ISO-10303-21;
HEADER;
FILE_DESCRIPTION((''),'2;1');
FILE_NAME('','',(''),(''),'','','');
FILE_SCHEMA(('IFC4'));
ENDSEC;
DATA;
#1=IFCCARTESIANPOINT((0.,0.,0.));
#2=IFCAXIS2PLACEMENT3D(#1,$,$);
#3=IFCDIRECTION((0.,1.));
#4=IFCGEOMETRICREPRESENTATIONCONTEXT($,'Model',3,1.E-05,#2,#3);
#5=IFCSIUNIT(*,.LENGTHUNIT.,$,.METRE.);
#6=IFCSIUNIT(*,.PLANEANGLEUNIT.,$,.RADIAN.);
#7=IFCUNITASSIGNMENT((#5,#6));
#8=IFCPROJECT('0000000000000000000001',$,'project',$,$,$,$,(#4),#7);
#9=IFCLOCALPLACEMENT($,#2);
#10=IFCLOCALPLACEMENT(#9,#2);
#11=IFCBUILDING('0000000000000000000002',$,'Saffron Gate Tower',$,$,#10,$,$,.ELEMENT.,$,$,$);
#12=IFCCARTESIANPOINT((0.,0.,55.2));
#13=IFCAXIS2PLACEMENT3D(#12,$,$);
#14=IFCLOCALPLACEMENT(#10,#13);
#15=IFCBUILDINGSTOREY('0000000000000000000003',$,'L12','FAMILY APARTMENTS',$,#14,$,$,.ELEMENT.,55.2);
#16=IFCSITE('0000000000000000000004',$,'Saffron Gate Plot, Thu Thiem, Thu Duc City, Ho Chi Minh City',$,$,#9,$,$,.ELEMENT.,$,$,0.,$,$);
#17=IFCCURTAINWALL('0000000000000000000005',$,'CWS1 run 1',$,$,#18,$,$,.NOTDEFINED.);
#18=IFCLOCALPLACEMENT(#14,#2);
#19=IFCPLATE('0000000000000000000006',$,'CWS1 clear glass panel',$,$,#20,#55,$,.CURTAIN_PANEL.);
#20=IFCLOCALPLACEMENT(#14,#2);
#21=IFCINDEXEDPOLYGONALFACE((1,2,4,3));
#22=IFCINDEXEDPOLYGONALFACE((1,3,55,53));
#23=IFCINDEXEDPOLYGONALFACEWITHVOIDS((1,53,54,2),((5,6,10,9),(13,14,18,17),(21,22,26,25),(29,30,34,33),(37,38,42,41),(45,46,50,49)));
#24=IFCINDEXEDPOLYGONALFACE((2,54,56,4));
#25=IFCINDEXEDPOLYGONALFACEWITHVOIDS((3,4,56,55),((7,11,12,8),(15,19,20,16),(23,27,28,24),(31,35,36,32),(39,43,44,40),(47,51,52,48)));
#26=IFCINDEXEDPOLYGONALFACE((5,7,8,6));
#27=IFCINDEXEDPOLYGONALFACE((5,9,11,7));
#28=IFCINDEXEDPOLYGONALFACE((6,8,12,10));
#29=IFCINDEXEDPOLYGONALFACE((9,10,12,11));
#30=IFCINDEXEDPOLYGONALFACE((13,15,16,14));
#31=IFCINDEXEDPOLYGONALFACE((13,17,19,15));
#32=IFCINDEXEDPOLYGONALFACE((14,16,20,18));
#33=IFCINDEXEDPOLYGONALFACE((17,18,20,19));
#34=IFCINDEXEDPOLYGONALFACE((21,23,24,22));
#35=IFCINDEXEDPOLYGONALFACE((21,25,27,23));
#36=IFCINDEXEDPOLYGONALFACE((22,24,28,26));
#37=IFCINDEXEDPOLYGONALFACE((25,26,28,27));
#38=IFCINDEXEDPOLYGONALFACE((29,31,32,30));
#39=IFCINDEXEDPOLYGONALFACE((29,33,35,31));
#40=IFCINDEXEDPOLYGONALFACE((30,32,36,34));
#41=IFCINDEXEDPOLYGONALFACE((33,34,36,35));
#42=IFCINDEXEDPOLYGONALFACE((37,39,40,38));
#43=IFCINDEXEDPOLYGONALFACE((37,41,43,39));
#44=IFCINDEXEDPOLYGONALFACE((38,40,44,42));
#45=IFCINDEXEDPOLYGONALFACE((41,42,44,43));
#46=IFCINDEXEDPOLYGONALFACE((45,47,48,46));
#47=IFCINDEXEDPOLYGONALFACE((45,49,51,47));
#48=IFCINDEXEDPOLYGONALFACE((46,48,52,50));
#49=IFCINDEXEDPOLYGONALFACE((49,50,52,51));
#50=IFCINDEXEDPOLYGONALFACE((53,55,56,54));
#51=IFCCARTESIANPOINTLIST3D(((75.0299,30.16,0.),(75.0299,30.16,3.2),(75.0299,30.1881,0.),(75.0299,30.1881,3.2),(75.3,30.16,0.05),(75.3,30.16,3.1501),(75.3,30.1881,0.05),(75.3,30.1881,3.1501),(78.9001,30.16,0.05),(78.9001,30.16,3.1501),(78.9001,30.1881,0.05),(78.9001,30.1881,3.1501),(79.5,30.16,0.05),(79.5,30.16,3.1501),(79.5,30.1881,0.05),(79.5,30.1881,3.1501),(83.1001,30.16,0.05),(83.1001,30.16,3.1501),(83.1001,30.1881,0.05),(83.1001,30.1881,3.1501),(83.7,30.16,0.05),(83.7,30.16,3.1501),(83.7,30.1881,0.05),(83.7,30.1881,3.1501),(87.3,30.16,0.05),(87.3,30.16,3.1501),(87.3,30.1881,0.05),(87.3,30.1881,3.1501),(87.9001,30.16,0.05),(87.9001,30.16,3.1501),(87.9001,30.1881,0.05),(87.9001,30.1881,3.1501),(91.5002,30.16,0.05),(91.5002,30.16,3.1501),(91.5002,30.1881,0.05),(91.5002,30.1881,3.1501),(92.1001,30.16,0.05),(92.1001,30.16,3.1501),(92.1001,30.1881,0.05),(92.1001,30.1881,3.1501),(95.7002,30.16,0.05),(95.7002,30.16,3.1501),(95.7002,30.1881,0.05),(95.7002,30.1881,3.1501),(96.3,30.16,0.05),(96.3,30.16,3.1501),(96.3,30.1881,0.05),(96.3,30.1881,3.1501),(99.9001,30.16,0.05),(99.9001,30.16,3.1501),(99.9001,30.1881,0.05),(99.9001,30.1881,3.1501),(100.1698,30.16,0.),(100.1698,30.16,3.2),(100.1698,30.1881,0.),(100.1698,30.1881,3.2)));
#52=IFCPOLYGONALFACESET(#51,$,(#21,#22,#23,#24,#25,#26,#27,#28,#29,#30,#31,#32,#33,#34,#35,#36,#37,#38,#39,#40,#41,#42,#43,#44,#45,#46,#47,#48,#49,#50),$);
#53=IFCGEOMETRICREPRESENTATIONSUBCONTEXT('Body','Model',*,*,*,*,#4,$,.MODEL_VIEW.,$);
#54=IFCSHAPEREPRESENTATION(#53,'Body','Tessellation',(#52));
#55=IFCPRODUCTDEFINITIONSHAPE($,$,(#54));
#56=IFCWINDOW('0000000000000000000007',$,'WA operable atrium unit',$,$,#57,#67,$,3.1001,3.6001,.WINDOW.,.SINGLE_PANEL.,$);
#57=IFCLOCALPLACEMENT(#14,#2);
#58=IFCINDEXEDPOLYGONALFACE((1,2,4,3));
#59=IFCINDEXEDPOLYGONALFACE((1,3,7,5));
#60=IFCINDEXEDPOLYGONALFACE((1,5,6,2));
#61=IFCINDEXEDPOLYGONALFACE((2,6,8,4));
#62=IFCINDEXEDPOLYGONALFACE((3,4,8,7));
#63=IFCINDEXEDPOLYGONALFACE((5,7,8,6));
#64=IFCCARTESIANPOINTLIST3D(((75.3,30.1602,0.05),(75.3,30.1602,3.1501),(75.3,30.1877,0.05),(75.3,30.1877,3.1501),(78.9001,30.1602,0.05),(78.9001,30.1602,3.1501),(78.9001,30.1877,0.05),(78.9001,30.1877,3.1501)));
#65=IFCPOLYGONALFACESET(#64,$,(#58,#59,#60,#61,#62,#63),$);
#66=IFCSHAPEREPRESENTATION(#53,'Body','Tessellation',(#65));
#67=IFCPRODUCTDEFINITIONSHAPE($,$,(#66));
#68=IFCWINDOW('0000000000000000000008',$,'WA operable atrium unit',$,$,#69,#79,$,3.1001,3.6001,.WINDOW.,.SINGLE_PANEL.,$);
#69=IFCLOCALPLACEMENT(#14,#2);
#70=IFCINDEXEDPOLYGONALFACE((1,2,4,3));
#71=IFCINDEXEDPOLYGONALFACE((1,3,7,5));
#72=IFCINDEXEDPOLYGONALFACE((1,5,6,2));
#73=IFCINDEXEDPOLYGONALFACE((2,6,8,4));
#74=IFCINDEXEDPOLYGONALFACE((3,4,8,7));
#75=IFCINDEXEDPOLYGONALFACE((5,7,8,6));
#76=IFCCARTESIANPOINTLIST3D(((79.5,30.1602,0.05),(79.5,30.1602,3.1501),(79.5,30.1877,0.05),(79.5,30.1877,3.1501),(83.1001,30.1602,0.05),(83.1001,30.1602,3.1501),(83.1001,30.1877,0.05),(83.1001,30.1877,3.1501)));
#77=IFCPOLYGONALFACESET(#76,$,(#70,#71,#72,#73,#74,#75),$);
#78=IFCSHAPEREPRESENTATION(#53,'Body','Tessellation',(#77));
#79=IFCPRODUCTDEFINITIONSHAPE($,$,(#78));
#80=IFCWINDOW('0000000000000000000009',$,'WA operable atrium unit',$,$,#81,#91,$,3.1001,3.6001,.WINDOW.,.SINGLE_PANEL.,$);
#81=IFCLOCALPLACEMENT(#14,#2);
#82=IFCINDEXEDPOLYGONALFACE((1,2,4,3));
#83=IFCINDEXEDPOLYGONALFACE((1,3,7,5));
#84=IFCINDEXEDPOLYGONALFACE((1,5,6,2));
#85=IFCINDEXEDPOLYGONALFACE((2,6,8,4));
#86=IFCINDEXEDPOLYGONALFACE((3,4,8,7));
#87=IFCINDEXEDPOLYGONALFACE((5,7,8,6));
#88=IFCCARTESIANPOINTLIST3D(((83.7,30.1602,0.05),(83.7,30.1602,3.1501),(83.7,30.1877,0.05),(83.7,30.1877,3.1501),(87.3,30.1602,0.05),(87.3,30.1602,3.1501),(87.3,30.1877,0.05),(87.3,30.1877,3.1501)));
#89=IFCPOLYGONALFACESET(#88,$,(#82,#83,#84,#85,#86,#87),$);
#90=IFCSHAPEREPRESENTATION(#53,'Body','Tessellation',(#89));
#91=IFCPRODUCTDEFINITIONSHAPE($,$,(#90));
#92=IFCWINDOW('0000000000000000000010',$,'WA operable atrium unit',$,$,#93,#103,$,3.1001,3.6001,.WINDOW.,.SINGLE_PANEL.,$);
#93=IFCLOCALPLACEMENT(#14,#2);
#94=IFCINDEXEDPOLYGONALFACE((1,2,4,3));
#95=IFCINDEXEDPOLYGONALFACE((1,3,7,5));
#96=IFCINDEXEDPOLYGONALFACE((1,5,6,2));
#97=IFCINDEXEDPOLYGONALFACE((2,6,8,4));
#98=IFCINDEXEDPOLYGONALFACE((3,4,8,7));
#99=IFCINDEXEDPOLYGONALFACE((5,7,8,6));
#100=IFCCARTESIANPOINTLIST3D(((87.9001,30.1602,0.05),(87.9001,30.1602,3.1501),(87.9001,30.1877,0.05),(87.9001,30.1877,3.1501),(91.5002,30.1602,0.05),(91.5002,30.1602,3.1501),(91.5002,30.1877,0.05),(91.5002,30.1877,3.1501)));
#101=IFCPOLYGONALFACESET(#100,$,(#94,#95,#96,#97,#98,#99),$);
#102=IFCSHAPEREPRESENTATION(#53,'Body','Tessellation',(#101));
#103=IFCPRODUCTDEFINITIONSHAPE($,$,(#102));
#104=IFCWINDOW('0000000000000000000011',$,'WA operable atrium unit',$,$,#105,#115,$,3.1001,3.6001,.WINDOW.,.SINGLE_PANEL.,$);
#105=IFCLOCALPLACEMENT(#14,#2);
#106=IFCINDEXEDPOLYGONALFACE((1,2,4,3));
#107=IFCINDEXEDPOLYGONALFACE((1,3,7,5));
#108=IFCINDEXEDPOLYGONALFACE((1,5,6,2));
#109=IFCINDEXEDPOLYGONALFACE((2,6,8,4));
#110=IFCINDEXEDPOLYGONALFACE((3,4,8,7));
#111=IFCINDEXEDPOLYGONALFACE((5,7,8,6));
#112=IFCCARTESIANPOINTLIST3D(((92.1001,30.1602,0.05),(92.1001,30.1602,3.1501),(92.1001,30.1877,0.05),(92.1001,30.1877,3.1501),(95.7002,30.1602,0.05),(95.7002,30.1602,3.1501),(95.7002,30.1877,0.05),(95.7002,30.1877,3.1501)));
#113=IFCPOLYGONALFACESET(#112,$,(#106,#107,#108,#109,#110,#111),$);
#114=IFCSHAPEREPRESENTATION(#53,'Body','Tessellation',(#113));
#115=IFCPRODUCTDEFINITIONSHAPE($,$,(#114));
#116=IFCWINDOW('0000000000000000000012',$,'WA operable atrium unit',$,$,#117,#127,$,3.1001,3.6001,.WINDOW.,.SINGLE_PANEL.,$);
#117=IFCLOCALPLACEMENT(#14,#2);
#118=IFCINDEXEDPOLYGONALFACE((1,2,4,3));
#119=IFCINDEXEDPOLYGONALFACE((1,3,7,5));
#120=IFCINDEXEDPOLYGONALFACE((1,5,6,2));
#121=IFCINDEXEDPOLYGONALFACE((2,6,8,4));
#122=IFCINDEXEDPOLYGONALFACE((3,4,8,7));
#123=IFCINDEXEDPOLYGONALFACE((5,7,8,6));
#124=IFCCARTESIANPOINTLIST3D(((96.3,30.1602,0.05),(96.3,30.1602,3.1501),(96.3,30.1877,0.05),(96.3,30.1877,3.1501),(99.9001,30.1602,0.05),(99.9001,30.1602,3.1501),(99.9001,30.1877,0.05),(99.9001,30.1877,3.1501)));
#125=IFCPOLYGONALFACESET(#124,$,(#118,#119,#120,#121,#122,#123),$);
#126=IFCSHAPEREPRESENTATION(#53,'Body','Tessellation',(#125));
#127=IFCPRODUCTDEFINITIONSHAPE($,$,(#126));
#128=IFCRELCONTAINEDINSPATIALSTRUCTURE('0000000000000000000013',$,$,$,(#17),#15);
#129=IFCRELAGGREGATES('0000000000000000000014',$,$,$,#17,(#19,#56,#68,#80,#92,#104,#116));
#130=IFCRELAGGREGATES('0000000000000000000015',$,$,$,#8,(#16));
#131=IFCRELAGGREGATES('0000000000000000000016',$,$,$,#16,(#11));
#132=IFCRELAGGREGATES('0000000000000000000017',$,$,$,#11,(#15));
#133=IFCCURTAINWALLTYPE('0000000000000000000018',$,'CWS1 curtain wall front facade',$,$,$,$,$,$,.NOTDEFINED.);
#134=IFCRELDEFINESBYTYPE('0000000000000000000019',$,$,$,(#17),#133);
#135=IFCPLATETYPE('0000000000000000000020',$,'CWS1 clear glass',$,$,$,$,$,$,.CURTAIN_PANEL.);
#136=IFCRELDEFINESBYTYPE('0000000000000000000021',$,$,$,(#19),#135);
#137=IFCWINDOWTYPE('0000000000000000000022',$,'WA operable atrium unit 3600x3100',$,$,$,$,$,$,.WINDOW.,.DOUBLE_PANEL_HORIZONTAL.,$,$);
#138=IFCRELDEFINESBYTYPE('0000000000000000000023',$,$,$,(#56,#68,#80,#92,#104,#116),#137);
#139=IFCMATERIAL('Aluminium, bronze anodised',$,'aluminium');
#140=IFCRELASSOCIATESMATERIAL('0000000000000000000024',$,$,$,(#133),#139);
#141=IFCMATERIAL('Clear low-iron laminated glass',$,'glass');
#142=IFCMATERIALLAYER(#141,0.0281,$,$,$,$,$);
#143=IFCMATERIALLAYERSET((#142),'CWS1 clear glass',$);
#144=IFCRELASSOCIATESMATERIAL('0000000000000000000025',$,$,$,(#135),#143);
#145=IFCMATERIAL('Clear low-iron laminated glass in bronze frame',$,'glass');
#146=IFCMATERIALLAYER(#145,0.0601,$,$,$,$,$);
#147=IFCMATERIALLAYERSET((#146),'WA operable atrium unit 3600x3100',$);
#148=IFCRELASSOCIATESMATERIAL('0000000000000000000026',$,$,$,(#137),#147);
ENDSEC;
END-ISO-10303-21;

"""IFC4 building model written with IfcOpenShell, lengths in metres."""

from ifc_helpers import new_model, si_unit, direction, frame, frame_2d, origin, place, context, subcontext, project, spatial, rectangle, extrude, material, layer, layer_set, type_object, element, fill, aggregate, save


model = new_model("IFC4")

# Units and contexts
model_context = context("Model", 3, precision=1e-05, world=origin(), true_north=direction((0.0, 1.0)))
body_context = subcontext(model_context, "Body", "Model", "MODEL_VIEW")
ifc_project = project(units=[si_unit("LENGTHUNIT", "METRE"), si_unit("PLANEANGLEUNIT", "RADIAN")], contexts=[model_context])

# Site, building, storey
site_placement = place(None, origin())
site = spatial("IfcSite", under=ifc_project, at=site_placement, Name="Saffron Gate Plot, Thu Thiem, Thu Duc City, Ho Chi Minh City", CompositionType="ELEMENT", RefElevation=0.0)
building_placement = place(site_placement, origin())
building = spatial("IfcBuilding", under=site, at=building_placement, Name="Saffron Gate Tower", CompositionType="ELEMENT")
storey_placement = place(building_placement, frame((0.0, 0.0, 55.2)))
storey = spatial("IfcBuildingStorey", under=building, at=storey_placement, Name="L12", Description="FAMILY APARTMENTS", CompositionType="ELEMENT", Elevation=55.2)

# Curtain wall, plate, openings, windows
ifc_material_1 = material(Name="Aluminium, bronze anodised", Category="aluminium")
curtain_wall_type = type_object("IfcCurtainWallType", Name="CWS1 curtain wall front facade", PredefinedType="NOTDEFINED", material=ifc_material_1)
curtain_wall_placement = place(storey_placement, origin())
curtain_wall = element("IfcCurtainWall", 1, at=curtain_wall_placement, inside=storey, type_object=curtain_wall_type, Name="CWS1 run 1", PredefinedType="NOTDEFINED")
ifc_material_2 = material(Name="Clear low-iron laminated glass", Category="glass")
ifc_layer_1 = layer(ifc_material_2, 0.0281)
ifc_layer_set_1 = layer_set([ifc_layer_1], Name="CWS1 clear glass")
plate_type = type_object("IfcPlateType", Name="CWS1 clear glass", PredefinedType="CURTAIN_PANEL", material=ifc_layer_set_1)
plate_placement = place(storey_placement, frame((75.03, 30.1741, 0.0), z_axis=(0.0, 0.0, 1.0), x_axis=(1.0, 0.0, 0.0)))
plate = element("IfcPlate", 2, at=plate_placement, type_object=plate_type, Name="CWS1 clear glass panel", PredefinedType="CURTAIN_PANEL", context=body_context, shape_type="SweptSolid", body=[
    extrude(rectangle(XDim=25.1399, YDim=0.0281, at=frame_2d((12.5698, 0.0))), origin(), (0.0, 0.0, 1.0), 3.2),
])
opening_1_placement = place(plate_placement, frame((0.27, 0.0, 0.05)))
opening_1 = element("IfcOpeningElement", 3, at=opening_1_placement, cuts=plate, PredefinedType="OPENING", context=body_context, shape_type="SweptSolid", body=[
    extrude(rectangle(XDim=3.6001, YDim=3.1001, at=frame_2d((1.8, 1.55))), frame((0.0, 0.0239, 0.0), z_axis=(0.0, -1.0, 0.0), x_axis=(1.0, 0.0, 0.0)), (0.0, 0.0, 1.0), 0.0481),
])
opening_2_placement = place(plate_placement, frame((4.47, 0.0, 0.05)))
opening_2 = element("IfcOpeningElement", 4, at=opening_2_placement, cuts=plate, PredefinedType="OPENING", context=body_context, shape_type="SweptSolid", body=[
    extrude(rectangle(XDim=3.6001, YDim=3.1001, at=frame_2d((1.8, 1.55))), frame((0.0, 0.0239, 0.0), z_axis=(0.0, -1.0, 0.0), x_axis=(1.0, 0.0, 0.0)), (0.0, 0.0, 1.0), 0.0481),
])
opening_3_placement = place(plate_placement, frame((8.6699, 0.0, 0.05)))
opening_3 = element("IfcOpeningElement", 5, at=opening_3_placement, cuts=plate, PredefinedType="OPENING", context=body_context, shape_type="SweptSolid", body=[
    extrude(rectangle(XDim=3.6001, YDim=3.1001, at=frame_2d((1.8, 1.55))), frame((0.0, 0.0239, 0.0), z_axis=(0.0, -1.0, 0.0), x_axis=(1.0, 0.0, 0.0)), (0.0, 0.0, 1.0), 0.0481),
])
opening_4_placement = place(plate_placement, frame((12.8701, 0.0, 0.05)))
opening_4 = element("IfcOpeningElement", 6, at=opening_4_placement, cuts=plate, PredefinedType="OPENING", context=body_context, shape_type="SweptSolid", body=[
    extrude(rectangle(XDim=3.6001, YDim=3.1001, at=frame_2d((1.8, 1.55))), frame((0.0, 0.0239, 0.0), z_axis=(0.0, -1.0, 0.0), x_axis=(1.0, 0.0, 0.0)), (0.0, 0.0, 1.0), 0.0481),
])
opening_5_placement = place(plate_placement, frame((17.0701, 0.0, 0.05)))
opening_5 = element("IfcOpeningElement", 7, at=opening_5_placement, cuts=plate, PredefinedType="OPENING", context=body_context, shape_type="SweptSolid", body=[
    extrude(rectangle(XDim=3.6001, YDim=3.1001, at=frame_2d((1.8, 1.55))), frame((0.0, 0.0239, 0.0), z_axis=(0.0, -1.0, 0.0), x_axis=(1.0, 0.0, 0.0)), (0.0, 0.0, 1.0), 0.0481),
])
opening_6_placement = place(plate_placement, frame((21.27, 0.0, 0.05)))
opening_6 = element("IfcOpeningElement", 8, at=opening_6_placement, cuts=plate, PredefinedType="OPENING", context=body_context, shape_type="SweptSolid", body=[
    extrude(rectangle(XDim=3.6001, YDim=3.1001, at=frame_2d((1.8, 1.55))), frame((0.0, 0.0239, 0.0), z_axis=(0.0, -1.0, 0.0), x_axis=(1.0, 0.0, 0.0)), (0.0, 0.0, 1.0), 0.0481),
])
ifc_material_3 = material(Name="Clear low-iron laminated glass in bronze frame", Category="glass")
ifc_layer_2 = layer(ifc_material_3, 0.0601)
ifc_layer_set_2 = layer_set([ifc_layer_2], Name="WA operable atrium unit 3600x3100")
window_type = type_object("IfcWindowType", Name="WA operable atrium unit 3600x3100", PartitioningType="DOUBLE_PANEL_HORIZONTAL", PredefinedType="WINDOW", material=ifc_layer_set_2)
window_1_placement = place(opening_1_placement, origin())
window_1 = element("IfcWindow", 9, at=window_1_placement, type_object=window_type, Name="WA operable atrium unit", OverallHeight=3.1001, OverallWidth=3.6001, PartitioningType="SINGLE_PANEL", PredefinedType="WINDOW", context=body_context, shape_type="SweptSolid", body=[
    extrude(rectangle(XDim=3.6001, YDim=3.1001, at=frame_2d((1.8, 1.55))), frame((0.0, 0.0137, 0.0), z_axis=(0.0, -1.0, 0.0), x_axis=(1.0, 0.0, 0.0)), (0.0, 0.0, 1.0), 0.0276),
])
fill(opening_1, window_1)
window_2_placement = place(opening_2_placement, origin())
window_2 = element("IfcWindow", 10, at=window_2_placement, type_object=window_type, Name="WA operable atrium unit", OverallHeight=3.1001, OverallWidth=3.6001, PartitioningType="SINGLE_PANEL", PredefinedType="WINDOW", context=body_context, shape_type="SweptSolid", body=[
    extrude(rectangle(XDim=3.6001, YDim=3.1001, at=frame_2d((1.8, 1.55))), frame((0.0, 0.0137, 0.0), z_axis=(0.0, -1.0, 0.0), x_axis=(1.0, 0.0, 0.0)), (0.0, 0.0, 1.0), 0.0276),
])
fill(opening_2, window_2)
window_3_placement = place(opening_3_placement, origin())
window_3 = element("IfcWindow", 11, at=window_3_placement, type_object=window_type, Name="WA operable atrium unit", OverallHeight=3.1001, OverallWidth=3.6001, PartitioningType="SINGLE_PANEL", PredefinedType="WINDOW", context=body_context, shape_type="SweptSolid", body=[
    extrude(rectangle(XDim=3.6001, YDim=3.1001, at=frame_2d((1.8, 1.55))), frame((0.0, 0.0137, 0.0), z_axis=(0.0, -1.0, 0.0), x_axis=(1.0, 0.0, 0.0)), (0.0, 0.0, 1.0), 0.0276),
])
fill(opening_3, window_3)
window_4_placement = place(opening_4_placement, origin())
window_4 = element("IfcWindow", 12, at=window_4_placement, type_object=window_type, Name="WA operable atrium unit", OverallHeight=3.1001, OverallWidth=3.6001, PartitioningType="SINGLE_PANEL", PredefinedType="WINDOW", context=body_context, shape_type="SweptSolid", body=[
    extrude(rectangle(XDim=3.6001, YDim=3.1001, at=frame_2d((1.8, 1.55))), frame((0.0, 0.0137, 0.0), z_axis=(0.0, -1.0, 0.0), x_axis=(1.0, 0.0, 0.0)), (0.0, 0.0, 1.0), 0.0276),
])
fill(opening_4, window_4)
window_5_placement = place(opening_5_placement, origin())
window_5 = element("IfcWindow", 13, at=window_5_placement, type_object=window_type, Name="WA operable atrium unit", OverallHeight=3.1001, OverallWidth=3.6001, PartitioningType="SINGLE_PANEL", PredefinedType="WINDOW", context=body_context, shape_type="SweptSolid", body=[
    extrude(rectangle(XDim=3.6001, YDim=3.1001, at=frame_2d((1.8, 1.55))), frame((0.0, 0.0137, 0.0), z_axis=(0.0, -1.0, 0.0), x_axis=(1.0, 0.0, 0.0)), (0.0, 0.0, 1.0), 0.0276),
])
fill(opening_5, window_5)
window_6_placement = place(opening_6_placement, origin())
window_6 = element("IfcWindow", 14, at=window_6_placement, type_object=window_type, Name="WA operable atrium unit", OverallHeight=3.1001, OverallWidth=3.6001, PartitioningType="SINGLE_PANEL", PredefinedType="WINDOW", context=body_context, shape_type="SweptSolid", body=[
    extrude(rectangle(XDim=3.6001, YDim=3.1001, at=frame_2d((1.8, 1.55))), frame((0.0, 0.0137, 0.0), z_axis=(0.0, -1.0, 0.0), x_axis=(1.0, 0.0, 0.0)), (0.0, 0.0, 1.0), 0.0276),
])
fill(opening_6, window_6)
aggregate(curtain_wall, [plate, window_1, window_2, window_3, window_4, window_5, window_6])

save(model, "model.ifc")
